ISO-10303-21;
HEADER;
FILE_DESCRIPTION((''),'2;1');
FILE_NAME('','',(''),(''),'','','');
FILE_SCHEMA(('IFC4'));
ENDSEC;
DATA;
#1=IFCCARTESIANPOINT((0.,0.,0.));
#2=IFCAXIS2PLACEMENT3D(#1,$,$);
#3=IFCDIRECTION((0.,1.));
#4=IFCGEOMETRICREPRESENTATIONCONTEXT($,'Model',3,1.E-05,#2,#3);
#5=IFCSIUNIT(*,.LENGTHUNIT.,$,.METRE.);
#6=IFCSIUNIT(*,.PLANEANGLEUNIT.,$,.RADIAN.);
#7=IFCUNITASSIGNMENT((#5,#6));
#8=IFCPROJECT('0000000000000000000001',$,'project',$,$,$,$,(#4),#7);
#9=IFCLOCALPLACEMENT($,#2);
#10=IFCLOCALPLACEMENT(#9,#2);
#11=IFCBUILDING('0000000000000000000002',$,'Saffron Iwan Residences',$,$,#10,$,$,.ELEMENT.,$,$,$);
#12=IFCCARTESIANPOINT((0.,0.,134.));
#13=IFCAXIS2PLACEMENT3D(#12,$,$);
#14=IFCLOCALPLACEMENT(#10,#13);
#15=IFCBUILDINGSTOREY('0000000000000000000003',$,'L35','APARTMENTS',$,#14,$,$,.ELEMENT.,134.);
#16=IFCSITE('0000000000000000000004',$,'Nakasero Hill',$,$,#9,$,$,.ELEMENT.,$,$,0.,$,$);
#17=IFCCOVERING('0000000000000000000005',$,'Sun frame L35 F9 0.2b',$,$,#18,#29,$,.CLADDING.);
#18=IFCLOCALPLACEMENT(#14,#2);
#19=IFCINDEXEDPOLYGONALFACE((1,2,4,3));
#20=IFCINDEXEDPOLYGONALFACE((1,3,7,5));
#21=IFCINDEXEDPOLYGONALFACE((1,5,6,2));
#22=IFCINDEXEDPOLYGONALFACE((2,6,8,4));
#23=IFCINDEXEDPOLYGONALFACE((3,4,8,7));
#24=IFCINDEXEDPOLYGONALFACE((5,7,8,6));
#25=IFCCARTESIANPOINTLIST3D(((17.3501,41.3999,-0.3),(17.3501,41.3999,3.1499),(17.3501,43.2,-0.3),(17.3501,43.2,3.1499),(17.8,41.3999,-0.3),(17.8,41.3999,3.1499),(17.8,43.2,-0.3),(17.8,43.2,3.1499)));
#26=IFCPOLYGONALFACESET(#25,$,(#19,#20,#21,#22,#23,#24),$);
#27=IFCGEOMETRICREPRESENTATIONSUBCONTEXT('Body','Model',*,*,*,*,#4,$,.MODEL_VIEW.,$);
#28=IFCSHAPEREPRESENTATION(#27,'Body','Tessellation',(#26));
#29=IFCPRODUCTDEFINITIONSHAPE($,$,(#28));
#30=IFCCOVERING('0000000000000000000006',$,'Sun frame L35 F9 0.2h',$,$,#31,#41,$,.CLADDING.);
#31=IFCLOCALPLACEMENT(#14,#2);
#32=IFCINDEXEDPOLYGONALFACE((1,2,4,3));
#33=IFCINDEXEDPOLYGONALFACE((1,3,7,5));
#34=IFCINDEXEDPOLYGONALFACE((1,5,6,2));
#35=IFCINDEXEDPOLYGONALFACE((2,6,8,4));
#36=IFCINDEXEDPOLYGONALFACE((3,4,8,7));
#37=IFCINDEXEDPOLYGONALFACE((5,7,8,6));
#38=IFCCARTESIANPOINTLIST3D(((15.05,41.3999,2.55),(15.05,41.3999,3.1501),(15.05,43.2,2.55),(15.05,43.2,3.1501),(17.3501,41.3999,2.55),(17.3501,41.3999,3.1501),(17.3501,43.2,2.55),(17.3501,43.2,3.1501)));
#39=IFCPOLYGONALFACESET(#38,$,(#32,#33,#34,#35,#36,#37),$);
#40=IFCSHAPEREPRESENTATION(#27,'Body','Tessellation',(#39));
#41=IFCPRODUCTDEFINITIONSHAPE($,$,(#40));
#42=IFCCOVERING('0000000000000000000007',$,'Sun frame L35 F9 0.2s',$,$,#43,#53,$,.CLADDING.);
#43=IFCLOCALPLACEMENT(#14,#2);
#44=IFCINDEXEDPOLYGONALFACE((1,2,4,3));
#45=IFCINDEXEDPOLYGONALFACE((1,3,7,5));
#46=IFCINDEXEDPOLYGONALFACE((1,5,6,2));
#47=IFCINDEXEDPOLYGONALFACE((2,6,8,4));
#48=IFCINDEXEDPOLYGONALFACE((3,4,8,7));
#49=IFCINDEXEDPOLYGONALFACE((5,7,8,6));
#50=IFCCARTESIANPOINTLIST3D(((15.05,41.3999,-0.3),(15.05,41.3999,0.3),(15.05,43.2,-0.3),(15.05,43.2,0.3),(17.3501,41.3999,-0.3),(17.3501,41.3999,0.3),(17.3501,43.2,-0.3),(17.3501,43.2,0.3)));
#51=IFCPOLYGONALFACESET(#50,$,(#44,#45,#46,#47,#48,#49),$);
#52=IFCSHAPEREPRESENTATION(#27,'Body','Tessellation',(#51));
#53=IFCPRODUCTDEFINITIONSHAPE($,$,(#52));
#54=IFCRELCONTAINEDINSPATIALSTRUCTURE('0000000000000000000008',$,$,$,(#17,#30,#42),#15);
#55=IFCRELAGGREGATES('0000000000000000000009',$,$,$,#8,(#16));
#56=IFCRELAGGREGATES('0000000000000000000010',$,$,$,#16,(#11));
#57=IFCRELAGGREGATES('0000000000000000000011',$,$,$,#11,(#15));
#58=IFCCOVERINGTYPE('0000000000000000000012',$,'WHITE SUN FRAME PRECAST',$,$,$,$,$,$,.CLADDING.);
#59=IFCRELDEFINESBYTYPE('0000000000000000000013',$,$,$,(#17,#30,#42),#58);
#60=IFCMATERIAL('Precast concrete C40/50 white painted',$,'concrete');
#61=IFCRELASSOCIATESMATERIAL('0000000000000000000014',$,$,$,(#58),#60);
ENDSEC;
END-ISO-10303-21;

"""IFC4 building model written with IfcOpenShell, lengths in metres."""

from ifc_helpers import new_model, si_unit, direction, frame, origin, place, context, subcontext, project, spatial, polyline, outline, extrude, material, type_object, element, save


model = new_model("IFC4")

# Units and contexts
model_context = context("Model", 3, precision=1e-05, world=origin(), true_north=direction((0.0, 1.0)))
body_context = subcontext(model_context, "Body", "Model", "MODEL_VIEW")
ifc_project = project(units=[si_unit("LENGTHUNIT", "METRE"), si_unit("PLANEANGLEUNIT", "RADIAN")], contexts=[model_context])

# Site, building, storey
site_placement = place(None, origin())
site = spatial("IfcSite", under=ifc_project, at=site_placement, Name="Nakasero Hill", CompositionType="ELEMENT", RefElevation=0.0)
building_placement = place(site_placement, origin())
building = spatial("IfcBuilding", under=site, at=building_placement, Name="Saffron Iwan Residences", CompositionType="ELEMENT")
storey_placement = place(building_placement, frame((0.0, 0.0, 134.0)))
storey = spatial("IfcBuildingStorey", under=building, at=storey_placement, Name="L35", Description="APARTMENTS", CompositionType="ELEMENT", Elevation=134.0)

# Coverings
ifc_material_1 = material(Name="Precast concrete C40/50 white painted", Category="concrete")
covering_type_1 = type_object("IfcCoveringType", Name="WHITE SUN FRAME PRECAST", PredefinedType="CLADDING", material=ifc_material_1)
for number, where, z_axis, x_axis, name in (
    (1, (17.3501, 43.2, -0.3), (0.0, -1.0, 0.0), (1.0, 0.0, 0.0), "Sun frame L35 F9 0.2b"),
):
    element("IfcCovering", number, at=place(storey_placement, frame(where, z_axis=z_axis, x_axis=x_axis)), inside=storey, type_object=covering_type_1, Name=name, PredefinedType="CLADDING", context=body_context, shape_type="SweptSolid", body=[
        extrude(outline(polyline([(0.0, 0.0), (0.45, 0.0), (0.45, 3.45), (0.0, 3.45), (0.0, 0.0)])), origin(), (0.0, 0.0, 1.0), 1.8),
    ])
for number, where, z_axis, x_axis, name in (
    (2, (15.05, 43.2, 2.55), (0.0, -1.0, 0.0), (1.0, 0.0, 0.0), "Sun frame L35 F9 0.2h"),
    (3, (15.05, 43.2, -0.3), (0.0, -1.0, 0.0), (1.0, 0.0, 0.0), "Sun frame L35 F9 0.2s"),
):
    element("IfcCovering", number, at=place(storey_placement, frame(where, z_axis=z_axis, x_axis=x_axis)), inside=storey, type_object=covering_type_1, Name=name, PredefinedType="CLADDING", context=body_context, shape_type="SweptSolid", body=[
        extrude(outline(polyline([(0.0, 0.0), (2.3, 0.0), (2.3, 0.6001), (0.0, 0.6001), (0.0, 0.0)])), origin(), (0.0, 0.0, 1.0), 1.8),
    ])

save(model, "model.ifc")
